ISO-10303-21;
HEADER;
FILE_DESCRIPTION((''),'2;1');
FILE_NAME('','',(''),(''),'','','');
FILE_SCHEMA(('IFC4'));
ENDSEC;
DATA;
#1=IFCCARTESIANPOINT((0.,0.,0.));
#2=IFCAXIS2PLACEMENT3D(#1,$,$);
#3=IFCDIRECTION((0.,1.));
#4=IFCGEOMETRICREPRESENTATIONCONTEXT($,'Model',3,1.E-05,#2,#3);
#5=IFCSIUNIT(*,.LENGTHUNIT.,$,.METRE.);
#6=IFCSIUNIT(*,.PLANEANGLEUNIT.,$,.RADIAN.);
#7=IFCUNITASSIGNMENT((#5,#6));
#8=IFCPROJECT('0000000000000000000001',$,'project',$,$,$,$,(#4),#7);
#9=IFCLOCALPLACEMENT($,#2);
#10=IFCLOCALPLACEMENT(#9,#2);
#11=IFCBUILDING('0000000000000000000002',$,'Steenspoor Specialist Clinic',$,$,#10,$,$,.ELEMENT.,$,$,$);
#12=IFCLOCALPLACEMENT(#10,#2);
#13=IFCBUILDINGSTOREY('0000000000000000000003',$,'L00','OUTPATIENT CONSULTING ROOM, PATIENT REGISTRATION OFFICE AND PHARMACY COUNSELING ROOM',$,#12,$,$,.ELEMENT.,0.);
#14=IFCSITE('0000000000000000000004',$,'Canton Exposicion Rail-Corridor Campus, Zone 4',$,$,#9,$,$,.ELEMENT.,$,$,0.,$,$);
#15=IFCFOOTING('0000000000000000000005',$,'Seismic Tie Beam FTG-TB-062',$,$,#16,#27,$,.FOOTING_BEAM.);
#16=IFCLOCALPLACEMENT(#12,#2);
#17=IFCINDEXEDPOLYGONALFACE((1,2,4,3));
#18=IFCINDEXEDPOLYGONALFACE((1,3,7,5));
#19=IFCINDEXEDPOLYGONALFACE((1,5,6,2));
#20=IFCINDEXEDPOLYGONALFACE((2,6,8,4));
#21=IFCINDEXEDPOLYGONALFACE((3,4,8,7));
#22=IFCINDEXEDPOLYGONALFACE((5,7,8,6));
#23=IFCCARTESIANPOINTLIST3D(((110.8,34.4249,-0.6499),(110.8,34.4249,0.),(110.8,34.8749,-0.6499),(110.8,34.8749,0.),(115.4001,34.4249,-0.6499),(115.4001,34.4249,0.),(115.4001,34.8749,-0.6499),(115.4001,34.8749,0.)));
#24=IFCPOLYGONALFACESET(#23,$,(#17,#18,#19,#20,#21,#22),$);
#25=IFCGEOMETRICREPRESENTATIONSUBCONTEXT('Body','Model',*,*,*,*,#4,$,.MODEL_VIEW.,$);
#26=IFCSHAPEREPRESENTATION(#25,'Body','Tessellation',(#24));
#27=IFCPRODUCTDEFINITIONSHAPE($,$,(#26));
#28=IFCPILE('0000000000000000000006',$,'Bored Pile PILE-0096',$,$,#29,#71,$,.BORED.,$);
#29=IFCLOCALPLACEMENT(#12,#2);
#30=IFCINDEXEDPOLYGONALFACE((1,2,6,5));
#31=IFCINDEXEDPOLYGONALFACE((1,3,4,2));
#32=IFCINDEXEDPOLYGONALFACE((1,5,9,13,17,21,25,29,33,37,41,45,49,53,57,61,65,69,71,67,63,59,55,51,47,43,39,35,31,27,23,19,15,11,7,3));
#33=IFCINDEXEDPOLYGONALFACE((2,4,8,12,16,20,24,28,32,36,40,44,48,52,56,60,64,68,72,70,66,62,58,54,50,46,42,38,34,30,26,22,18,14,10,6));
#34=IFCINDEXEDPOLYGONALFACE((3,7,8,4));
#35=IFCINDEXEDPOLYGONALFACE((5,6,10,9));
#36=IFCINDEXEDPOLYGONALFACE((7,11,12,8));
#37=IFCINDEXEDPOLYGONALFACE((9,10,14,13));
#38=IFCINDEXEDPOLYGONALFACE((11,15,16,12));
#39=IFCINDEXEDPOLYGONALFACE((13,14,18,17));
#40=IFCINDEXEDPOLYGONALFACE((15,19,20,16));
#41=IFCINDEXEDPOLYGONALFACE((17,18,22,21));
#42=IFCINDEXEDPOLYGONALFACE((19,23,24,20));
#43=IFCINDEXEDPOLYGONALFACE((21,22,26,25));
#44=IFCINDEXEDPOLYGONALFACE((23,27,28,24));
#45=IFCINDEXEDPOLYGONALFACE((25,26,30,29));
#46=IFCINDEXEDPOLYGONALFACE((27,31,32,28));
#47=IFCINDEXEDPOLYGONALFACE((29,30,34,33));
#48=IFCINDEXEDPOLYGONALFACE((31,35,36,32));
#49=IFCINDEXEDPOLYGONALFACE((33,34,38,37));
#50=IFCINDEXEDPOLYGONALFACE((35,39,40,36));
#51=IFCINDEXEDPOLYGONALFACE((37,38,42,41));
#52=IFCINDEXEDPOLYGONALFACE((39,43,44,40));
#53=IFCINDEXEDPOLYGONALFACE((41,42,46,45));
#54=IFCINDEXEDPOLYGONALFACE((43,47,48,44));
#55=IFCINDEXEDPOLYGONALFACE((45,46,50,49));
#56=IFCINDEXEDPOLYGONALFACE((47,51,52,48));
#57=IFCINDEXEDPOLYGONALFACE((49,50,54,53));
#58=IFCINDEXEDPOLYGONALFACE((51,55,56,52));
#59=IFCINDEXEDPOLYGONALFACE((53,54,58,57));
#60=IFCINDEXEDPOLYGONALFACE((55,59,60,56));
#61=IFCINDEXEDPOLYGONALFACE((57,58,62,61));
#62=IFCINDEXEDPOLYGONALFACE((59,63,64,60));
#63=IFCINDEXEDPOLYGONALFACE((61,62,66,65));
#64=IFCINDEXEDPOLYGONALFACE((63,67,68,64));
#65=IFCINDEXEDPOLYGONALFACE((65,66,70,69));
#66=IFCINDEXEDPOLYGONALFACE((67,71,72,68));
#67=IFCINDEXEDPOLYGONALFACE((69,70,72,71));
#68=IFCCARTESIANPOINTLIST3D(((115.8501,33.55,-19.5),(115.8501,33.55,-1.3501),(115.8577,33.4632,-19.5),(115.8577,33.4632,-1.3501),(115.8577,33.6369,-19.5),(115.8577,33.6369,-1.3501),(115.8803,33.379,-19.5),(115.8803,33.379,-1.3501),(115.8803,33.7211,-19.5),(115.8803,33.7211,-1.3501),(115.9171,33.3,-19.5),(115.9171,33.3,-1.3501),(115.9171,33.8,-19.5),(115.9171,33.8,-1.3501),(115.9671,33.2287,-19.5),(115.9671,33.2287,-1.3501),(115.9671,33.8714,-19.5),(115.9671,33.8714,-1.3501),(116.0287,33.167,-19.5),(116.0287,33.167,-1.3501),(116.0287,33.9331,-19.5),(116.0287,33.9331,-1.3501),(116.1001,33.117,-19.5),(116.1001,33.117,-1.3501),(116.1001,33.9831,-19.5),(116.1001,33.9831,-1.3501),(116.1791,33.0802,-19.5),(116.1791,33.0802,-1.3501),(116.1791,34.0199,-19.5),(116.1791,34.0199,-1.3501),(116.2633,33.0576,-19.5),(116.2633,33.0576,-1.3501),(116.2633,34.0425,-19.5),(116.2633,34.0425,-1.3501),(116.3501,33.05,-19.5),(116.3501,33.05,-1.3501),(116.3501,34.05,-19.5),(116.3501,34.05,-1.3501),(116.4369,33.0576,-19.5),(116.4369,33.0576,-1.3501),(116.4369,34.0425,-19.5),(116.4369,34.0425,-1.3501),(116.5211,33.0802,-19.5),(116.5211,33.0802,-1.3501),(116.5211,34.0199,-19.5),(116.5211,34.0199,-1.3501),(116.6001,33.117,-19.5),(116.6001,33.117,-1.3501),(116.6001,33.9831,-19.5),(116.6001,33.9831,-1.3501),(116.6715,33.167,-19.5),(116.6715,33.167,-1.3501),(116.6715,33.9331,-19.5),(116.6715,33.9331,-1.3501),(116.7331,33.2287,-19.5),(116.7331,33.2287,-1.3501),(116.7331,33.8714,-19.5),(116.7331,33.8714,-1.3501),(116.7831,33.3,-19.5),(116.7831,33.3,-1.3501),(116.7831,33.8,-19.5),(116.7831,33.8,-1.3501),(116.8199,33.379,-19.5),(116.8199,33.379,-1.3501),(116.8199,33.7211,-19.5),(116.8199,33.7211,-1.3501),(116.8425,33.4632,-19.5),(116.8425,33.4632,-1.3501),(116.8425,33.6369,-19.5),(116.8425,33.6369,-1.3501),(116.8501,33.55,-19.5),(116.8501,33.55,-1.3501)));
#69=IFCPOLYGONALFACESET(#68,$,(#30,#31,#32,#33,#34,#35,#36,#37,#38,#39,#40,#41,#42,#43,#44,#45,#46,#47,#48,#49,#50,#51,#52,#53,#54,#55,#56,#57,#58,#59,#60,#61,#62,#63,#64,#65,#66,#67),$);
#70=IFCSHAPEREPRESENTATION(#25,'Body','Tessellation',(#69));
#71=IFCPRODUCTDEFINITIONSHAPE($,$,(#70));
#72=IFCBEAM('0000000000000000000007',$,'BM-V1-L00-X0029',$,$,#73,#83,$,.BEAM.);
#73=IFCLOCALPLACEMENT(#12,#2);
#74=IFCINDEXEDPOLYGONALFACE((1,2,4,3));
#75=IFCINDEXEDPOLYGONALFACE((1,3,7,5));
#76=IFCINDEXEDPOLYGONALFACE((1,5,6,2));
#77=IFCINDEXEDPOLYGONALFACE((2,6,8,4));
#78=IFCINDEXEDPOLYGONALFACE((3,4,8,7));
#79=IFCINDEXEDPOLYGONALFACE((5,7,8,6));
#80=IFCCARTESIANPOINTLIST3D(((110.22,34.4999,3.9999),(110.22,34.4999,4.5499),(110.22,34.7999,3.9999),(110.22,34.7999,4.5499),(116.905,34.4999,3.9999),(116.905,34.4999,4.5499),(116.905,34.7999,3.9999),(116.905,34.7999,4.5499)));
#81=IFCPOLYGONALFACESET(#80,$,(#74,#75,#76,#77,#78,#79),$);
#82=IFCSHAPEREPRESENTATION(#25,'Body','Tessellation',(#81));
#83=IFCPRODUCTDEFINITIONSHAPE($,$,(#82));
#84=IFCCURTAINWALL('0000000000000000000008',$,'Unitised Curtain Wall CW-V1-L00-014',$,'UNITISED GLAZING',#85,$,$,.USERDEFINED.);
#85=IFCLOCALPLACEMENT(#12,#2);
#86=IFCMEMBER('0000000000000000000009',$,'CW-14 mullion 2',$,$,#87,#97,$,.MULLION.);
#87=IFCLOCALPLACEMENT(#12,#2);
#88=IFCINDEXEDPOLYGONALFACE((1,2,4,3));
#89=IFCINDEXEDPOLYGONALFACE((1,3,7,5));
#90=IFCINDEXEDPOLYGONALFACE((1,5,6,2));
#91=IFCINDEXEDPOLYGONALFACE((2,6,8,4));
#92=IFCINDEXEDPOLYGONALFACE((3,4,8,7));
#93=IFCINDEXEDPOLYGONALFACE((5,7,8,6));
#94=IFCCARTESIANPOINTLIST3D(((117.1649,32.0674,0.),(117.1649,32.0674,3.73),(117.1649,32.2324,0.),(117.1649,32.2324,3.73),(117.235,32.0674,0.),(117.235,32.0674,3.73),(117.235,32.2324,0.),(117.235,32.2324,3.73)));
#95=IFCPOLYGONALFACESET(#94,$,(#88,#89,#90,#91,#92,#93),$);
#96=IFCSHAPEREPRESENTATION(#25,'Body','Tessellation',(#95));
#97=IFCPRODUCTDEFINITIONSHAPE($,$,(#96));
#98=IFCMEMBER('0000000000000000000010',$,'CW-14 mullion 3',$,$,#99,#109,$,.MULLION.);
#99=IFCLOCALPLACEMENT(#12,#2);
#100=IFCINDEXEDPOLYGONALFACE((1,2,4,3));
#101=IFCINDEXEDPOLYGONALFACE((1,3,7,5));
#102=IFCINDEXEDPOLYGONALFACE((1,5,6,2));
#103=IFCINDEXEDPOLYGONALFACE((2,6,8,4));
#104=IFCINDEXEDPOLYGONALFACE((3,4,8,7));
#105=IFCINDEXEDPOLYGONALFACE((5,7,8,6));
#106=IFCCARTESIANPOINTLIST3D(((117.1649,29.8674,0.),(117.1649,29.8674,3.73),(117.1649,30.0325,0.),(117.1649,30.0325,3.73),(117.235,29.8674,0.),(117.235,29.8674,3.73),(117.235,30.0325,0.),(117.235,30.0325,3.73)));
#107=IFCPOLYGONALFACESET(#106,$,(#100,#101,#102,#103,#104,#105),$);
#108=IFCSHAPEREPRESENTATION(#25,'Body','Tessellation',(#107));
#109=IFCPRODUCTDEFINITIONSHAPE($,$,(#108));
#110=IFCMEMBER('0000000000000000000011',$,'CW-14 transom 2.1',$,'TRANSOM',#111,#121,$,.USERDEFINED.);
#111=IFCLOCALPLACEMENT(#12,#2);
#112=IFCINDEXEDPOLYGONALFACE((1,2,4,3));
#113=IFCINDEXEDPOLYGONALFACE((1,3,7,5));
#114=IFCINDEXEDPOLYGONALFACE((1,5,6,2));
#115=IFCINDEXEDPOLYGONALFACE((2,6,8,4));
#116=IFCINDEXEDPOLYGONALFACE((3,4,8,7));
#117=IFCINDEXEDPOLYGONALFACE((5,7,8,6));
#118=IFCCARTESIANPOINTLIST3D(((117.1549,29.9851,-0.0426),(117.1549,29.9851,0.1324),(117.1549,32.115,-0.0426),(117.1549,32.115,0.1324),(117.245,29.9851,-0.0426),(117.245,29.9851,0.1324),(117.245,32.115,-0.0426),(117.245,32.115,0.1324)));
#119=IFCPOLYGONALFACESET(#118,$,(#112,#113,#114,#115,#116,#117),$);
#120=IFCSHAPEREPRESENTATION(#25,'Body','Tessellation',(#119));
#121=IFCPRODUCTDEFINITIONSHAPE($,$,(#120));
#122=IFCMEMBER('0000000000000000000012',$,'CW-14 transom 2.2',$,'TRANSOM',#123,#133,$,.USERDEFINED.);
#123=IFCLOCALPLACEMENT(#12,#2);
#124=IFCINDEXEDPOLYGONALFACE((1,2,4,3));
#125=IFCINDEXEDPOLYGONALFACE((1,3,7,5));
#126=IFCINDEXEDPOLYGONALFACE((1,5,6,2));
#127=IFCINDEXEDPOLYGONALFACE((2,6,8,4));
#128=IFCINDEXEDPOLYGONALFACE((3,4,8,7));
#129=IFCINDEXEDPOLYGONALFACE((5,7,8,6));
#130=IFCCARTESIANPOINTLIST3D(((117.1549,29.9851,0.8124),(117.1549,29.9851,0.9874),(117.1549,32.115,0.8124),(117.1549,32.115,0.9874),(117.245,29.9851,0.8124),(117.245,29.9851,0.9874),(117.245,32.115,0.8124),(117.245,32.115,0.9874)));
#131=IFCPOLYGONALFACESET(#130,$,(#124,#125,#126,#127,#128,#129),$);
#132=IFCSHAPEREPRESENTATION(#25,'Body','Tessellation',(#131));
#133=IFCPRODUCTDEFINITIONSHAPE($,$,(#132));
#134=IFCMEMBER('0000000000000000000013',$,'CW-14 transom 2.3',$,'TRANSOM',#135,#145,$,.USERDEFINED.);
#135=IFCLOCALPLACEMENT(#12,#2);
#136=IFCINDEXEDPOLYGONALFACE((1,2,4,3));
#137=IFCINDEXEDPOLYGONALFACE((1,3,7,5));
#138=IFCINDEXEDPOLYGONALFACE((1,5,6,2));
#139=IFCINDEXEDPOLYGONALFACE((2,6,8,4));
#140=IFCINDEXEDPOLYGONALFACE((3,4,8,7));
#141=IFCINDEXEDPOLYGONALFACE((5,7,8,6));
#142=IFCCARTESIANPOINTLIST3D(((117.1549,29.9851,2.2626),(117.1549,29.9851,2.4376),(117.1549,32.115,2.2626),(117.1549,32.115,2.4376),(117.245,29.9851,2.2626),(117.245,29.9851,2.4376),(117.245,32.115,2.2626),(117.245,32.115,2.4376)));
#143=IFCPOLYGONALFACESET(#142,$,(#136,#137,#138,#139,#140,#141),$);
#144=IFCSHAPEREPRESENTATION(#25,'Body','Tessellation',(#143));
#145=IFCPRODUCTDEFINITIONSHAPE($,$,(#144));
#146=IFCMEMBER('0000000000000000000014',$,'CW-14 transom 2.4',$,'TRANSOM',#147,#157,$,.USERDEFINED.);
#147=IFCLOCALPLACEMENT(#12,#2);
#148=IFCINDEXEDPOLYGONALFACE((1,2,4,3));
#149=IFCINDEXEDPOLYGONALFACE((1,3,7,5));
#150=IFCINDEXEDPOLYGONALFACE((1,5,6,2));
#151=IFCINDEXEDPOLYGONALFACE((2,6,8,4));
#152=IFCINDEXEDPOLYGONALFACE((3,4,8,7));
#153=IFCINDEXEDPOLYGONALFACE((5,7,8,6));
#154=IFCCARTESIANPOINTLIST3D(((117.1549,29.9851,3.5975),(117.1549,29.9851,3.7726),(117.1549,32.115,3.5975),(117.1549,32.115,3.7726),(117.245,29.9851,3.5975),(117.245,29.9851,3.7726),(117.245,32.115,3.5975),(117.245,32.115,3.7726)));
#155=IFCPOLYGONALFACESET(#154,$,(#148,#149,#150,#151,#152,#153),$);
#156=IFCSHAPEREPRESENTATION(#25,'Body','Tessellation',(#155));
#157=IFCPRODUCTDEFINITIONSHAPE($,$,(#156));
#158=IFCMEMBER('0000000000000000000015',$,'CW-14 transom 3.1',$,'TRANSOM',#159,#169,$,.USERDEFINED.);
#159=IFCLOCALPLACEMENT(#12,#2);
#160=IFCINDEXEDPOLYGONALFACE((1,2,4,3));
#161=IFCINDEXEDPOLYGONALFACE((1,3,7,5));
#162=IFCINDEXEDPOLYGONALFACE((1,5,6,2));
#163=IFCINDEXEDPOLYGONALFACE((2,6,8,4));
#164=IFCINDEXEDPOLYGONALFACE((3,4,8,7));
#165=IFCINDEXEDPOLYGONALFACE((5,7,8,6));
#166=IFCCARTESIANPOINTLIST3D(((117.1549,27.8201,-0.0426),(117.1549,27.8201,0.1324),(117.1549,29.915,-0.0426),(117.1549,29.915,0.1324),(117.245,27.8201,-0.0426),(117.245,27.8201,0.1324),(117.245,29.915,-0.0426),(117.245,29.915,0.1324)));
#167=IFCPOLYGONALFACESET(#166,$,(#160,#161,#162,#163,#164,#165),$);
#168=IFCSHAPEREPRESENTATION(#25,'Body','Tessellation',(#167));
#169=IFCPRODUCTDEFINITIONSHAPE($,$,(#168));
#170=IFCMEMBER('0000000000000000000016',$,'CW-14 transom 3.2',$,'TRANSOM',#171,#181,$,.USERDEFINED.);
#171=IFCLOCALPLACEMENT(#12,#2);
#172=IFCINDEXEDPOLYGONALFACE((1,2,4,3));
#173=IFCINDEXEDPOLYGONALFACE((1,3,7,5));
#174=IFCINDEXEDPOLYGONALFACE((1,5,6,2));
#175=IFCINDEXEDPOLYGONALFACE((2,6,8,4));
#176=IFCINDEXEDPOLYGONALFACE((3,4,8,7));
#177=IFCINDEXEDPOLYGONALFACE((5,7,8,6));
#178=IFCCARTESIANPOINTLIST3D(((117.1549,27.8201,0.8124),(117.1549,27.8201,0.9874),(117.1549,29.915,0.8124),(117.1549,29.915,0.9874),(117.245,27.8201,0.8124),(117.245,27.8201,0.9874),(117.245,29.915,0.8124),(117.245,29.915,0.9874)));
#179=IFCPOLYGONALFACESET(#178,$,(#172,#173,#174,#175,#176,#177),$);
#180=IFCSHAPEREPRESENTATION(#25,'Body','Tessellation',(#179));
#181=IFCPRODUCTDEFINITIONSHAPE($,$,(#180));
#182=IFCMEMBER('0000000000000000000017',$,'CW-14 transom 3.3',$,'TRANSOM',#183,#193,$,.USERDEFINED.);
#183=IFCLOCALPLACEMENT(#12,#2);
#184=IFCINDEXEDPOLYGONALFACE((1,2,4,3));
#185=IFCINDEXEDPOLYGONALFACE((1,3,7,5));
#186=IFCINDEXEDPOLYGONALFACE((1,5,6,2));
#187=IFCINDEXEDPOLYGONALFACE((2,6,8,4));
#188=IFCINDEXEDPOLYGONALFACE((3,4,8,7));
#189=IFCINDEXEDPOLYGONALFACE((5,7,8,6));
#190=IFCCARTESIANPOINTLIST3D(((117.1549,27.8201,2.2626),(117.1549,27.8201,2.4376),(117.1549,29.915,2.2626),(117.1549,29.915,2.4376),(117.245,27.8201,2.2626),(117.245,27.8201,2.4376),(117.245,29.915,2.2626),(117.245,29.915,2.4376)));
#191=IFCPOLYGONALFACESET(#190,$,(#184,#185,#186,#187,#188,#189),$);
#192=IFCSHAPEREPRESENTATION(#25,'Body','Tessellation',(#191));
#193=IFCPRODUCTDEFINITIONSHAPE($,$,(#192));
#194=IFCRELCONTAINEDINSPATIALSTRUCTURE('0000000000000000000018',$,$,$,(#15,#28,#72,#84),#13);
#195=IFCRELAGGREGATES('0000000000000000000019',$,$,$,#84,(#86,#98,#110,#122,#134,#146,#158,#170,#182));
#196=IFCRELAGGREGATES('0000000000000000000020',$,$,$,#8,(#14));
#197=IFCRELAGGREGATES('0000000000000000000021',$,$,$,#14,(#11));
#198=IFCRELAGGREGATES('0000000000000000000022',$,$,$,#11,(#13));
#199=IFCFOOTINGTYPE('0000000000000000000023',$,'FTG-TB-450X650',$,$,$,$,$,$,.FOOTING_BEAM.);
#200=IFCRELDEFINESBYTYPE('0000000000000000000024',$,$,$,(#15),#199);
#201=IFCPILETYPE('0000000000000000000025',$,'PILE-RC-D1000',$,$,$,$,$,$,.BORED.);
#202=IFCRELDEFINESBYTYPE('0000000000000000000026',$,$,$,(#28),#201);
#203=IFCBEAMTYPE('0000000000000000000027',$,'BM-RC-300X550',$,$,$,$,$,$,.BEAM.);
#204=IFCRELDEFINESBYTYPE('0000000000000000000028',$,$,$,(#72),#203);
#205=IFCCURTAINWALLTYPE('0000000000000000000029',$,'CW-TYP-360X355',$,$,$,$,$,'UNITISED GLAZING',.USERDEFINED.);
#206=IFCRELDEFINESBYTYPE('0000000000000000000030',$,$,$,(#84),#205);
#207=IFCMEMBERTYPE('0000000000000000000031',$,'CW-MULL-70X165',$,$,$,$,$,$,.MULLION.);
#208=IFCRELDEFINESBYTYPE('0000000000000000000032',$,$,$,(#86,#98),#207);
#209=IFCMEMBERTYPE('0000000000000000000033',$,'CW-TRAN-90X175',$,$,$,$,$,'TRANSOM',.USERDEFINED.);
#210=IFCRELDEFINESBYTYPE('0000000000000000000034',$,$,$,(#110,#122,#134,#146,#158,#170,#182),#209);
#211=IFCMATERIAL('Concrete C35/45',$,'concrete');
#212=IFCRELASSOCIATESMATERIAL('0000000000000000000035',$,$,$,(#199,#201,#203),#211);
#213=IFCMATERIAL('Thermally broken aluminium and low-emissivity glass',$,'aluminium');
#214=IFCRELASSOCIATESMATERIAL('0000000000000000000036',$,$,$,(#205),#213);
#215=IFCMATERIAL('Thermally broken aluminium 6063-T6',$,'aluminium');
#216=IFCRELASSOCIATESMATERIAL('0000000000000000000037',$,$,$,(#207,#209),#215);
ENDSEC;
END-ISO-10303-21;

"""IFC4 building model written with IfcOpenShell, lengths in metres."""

from ifc_helpers import new_model, si_unit, direction, frame, origin, origin_2d, place, context, subcontext, project, spatial, rectangle, circle, extrude, material, material_profile, profile_set, type_object, element, aggregate, save


model = new_model("IFC4")

# Units and contexts
model_context = context("Model", 3, precision=1e-05, world=origin(), true_north=direction((0.0, 1.0)))
body_context = subcontext(model_context, "Body", "Model", "MODEL_VIEW")
ifc_project = project(units=[si_unit("LENGTHUNIT", "METRE"), si_unit("PLANEANGLEUNIT", "RADIAN")], contexts=[model_context])

# Site, building, storey
site_placement = place(None, origin())
site = spatial("IfcSite", under=ifc_project, at=site_placement, Name="Canton Exposicion Rail-Corridor Campus, Zone 4", CompositionType="ELEMENT", RefElevation=0.0)
building_placement = place(site_placement, origin())
building = spatial("IfcBuilding", under=site, at=building_placement, Name="Steenspoor Specialist Clinic", CompositionType="ELEMENT")
storey_placement = place(building_placement, origin())
storey = spatial("IfcBuildingStorey", under=building, at=storey_placement, Name="L00", Description="OUTPATIENT CONSULTING ROOM, PATIENT REGISTRATION OFFICE AND PHARMACY COUNSELING ROOM", CompositionType="ELEMENT", Elevation=0.0)

# Footing
ifc_material_1 = material(Name="Concrete C35/45", Category="concrete")
footing_type = type_object("IfcFootingType", Name="FTG-TB-450X650", PredefinedType="FOOTING_BEAM", material=ifc_material_1)
footing_placement = place(storey_placement, frame((113.1001, 34.6499, -0.6499), z_axis=(0.0, 0.0, 1.0), x_axis=(1.0, 0.0, 0.0)))
element("IfcFooting", 1, at=footing_placement, inside=storey, type_object=footing_type, Name="Seismic Tie Beam FTG-TB-062", PredefinedType="FOOTING_BEAM", context=body_context, shape_type="SweptSolid", body=[
    extrude(rectangle(XDim=4.6001, YDim=0.45, at=origin_2d()), origin(), (0.0, 0.0, 1.0), 0.6499),
])

# Pile
ifc_material_profile_1 = material_profile(ifc_material_1, circle(Radius=0.5, at=origin_2d()), Name="PILE-D1000")
ifc_profile_set_1 = profile_set([ifc_material_profile_1], Name="Concrete C35/45")
pile_type = type_object("IfcPileType", Name="PILE-RC-D1000", PredefinedType="BORED", material=ifc_profile_set_1)
pile_placement = place(storey_placement, frame((116.3501, 33.55, -1.3501), z_axis=(0.0, 0.0, -1.0), x_axis=(1.0, 0.0, 0.0)))
element("IfcPile", 2, at=pile_placement, inside=storey, type_object=pile_type, Name="Bored Pile PILE-0096", PredefinedType="BORED", context=body_context, shape_type="SweptSolid", body=[
    extrude(circle(Radius=0.5, at=origin_2d()), origin(), (0.0, 0.0, 1.0), 18.1499),
])

# Beam
ifc_material_profile_2 = material_profile(ifc_material_1, rectangle(XDim=0.3, YDim=0.55, at=origin_2d()), Name="RC-BM-300X550")
ifc_profile_set_2 = profile_set([ifc_material_profile_2], Name="Concrete C35/45")
beam_type_1 = type_object("IfcBeamType", Name="BM-RC-300X550", PredefinedType="BEAM", material=ifc_profile_set_2)
beam_1_placement = place(storey_placement, frame((110.22, 34.6499, 4.2749), z_axis=(1.0, 0.0, 0.0), x_axis=(0.0, 1.0, 0.0)))
element("IfcBeam", 3, at=beam_1_placement, inside=storey, type_object=beam_type_1, Name="BM-V1-L00-X0029", PredefinedType="BEAM", context=body_context, shape_type="SweptSolid", body=[
    extrude(rectangle(XDim=0.3, YDim=0.55, at=origin_2d()), origin(), (0.0, 0.0, 1.0), 6.6851),
])

# Curtain wall, members
ifc_material_2 = material(Name="Thermally broken aluminium and low-emissivity glass", Category="aluminium")
curtain_wall_type = type_object("IfcCurtainWallType", Name="CW-TYP-360X355", ElementType="UNITISED GLAZING", PredefinedType="USERDEFINED", material=ifc_material_2)
curtain_wall_placement = place(storey_placement, origin())
curtain_wall = element("IfcCurtainWall", 4, at=curtain_wall_placement, inside=storey, type_object=curtain_wall_type, Name="Unitised Curtain Wall CW-V1-L00-014", ObjectType="UNITISED GLAZING", PredefinedType="USERDEFINED")
ifc_material_3 = material(Name="Thermally broken aluminium 6063-T6", Category="aluminium")
ifc_material_profile_3 = material_profile(ifc_material_3, rectangle(XDim=0.0701, YDim=0.165, at=origin_2d()), Name="CWM-70X165")
ifc_profile_set_3 = profile_set([ifc_material_profile_3], Name="Thermally broken aluminium 6063-T6")
member_type_1 = type_object("IfcMemberType", Name="CW-MULL-70X165", PredefinedType="MULLION", material=ifc_profile_set_3)
member_1_placement = place(storey_placement, frame((117.2, 32.1499, 0.0), z_axis=(0.0, 0.0, 1.0), x_axis=(1.0, 0.0, 0.0)))
member_1 = element("IfcMember", 5, at=member_1_placement, type_object=member_type_1, Name="CW-14 mullion 2", PredefinedType="MULLION", context=body_context, shape_type="SweptSolid", body=[
    extrude(rectangle(XDim=0.0701, YDim=0.165, at=origin_2d()), origin(), (0.0, 0.0, 1.0), 3.73),
])
member_2_placement = place(storey_placement, frame((117.2, 29.95, 0.0), z_axis=(0.0, 0.0, 1.0), x_axis=(1.0, 0.0, 0.0)))
member_2 = element("IfcMember", 6, at=member_2_placement, type_object=member_type_1, Name="CW-14 mullion 3", PredefinedType="MULLION", context=body_context, shape_type="SweptSolid", body=[
    extrude(rectangle(XDim=0.0701, YDim=0.165, at=origin_2d()), origin(), (0.0, 0.0, 1.0), 3.73),
])
ifc_material_profile_4 = material_profile(ifc_material_3, rectangle(XDim=0.0901, YDim=0.175, at=origin_2d()), Name="CWT-90X175")
ifc_profile_set_4 = profile_set([ifc_material_profile_4], Name="Thermally broken aluminium 6063-T6")
member_type_2 = type_object("IfcMemberType", Name="CW-TRAN-90X175", ElementType="TRANSOM", PredefinedType="USERDEFINED", material=ifc_profile_set_4)
member_3_placement = place(storey_placement, frame((117.2, 32.115, 0.0449), z_axis=(0.0, -1.0, 0.0), x_axis=(1.0, 0.0, 0.0)))
member_3 = element("IfcMember", 7, at=member_3_placement, type_object=member_type_2, Name="CW-14 transom 2.1", ObjectType="TRANSOM", PredefinedType="USERDEFINED", context=body_context, shape_type="SweptSolid", body=[
    extrude(rectangle(XDim=0.0901, YDim=0.175, at=origin_2d()), origin(), (0.0, 0.0, 1.0), 2.1299),
])
member_4_placement = place(storey_placement, frame((117.2, 32.115, 0.8999), z_axis=(0.0, -1.0, 0.0), x_axis=(1.0, 0.0, 0.0)))
member_4 = element("IfcMember", 8, at=member_4_placement, type_object=member_type_2, Name="CW-14 transom 2.2", ObjectType="TRANSOM", PredefinedType="USERDEFINED", context=body_context, shape_type="SweptSolid", body=[
    extrude(rectangle(XDim=0.0901, YDim=0.175, at=origin_2d()), origin(), (0.0, 0.0, 1.0), 2.1299),
])
member_5_placement = place(storey_placement, frame((117.2, 32.115, 2.3501), z_axis=(0.0, -1.0, 0.0), x_axis=(1.0, 0.0, 0.0)))
member_5 = element("IfcMember", 9, at=member_5_placement, type_object=member_type_2, Name="CW-14 transom 2.3", ObjectType="TRANSOM", PredefinedType="USERDEFINED", context=body_context, shape_type="SweptSolid", body=[
    extrude(rectangle(XDim=0.0901, YDim=0.175, at=origin_2d()), origin(), (0.0, 0.0, 1.0), 2.1299),
])
member_6_placement = place(storey_placement, frame((117.2, 32.115, 3.6851), z_axis=(0.0, -1.0, 0.0), x_axis=(1.0, 0.0, 0.0)))
member_6 = element("IfcMember", 10, at=member_6_placement, type_object=member_type_2, Name="CW-14 transom 2.4", ObjectType="TRANSOM", PredefinedType="USERDEFINED", context=body_context, shape_type="SweptSolid", body=[
    extrude(rectangle(XDim=0.0901, YDim=0.175, at=origin_2d()), origin(), (0.0, 0.0, 1.0), 2.1299),
])
member_7_placement = place(storey_placement, frame((117.2, 29.915, 0.0449), z_axis=(0.0, -1.0, 0.0), x_axis=(1.0, 0.0, 0.0)))
member_7 = element("IfcMember", 11, at=member_7_placement, type_object=member_type_2, Name="CW-14 transom 3.1", ObjectType="TRANSOM", PredefinedType="USERDEFINED", context=body_context, shape_type="SweptSolid", body=[
    extrude(rectangle(XDim=0.0901, YDim=0.175, at=origin_2d()), origin(), (0.0, 0.0, 1.0), 2.095),
])
member_8_placement = place(storey_placement, frame((117.2, 29.915, 0.8999), z_axis=(0.0, -1.0, 0.0), x_axis=(1.0, 0.0, 0.0)))
member_8 = element("IfcMember", 12, at=member_8_placement, type_object=member_type_2, Name="CW-14 transom 3.2", ObjectType="TRANSOM", PredefinedType="USERDEFINED", context=body_context, shape_type="SweptSolid", body=[
    extrude(rectangle(XDim=0.0901, YDim=0.175, at=origin_2d()), origin(), (0.0, 0.0, 1.0), 2.095),
])
member_9_placement = place(storey_placement, frame((117.2, 29.915, 2.3501), z_axis=(0.0, -1.0, 0.0), x_axis=(1.0, 0.0, 0.0)))
member_9 = element("IfcMember", 13, at=member_9_placement, type_object=member_type_2, Name="CW-14 transom 3.3", ObjectType="TRANSOM", PredefinedType="USERDEFINED", context=body_context, shape_type="SweptSolid", body=[
    extrude(rectangle(XDim=0.0901, YDim=0.175, at=origin_2d()), origin(), (0.0, 0.0, 1.0), 2.095),
])

aggregate(curtain_wall, [member_1, member_2, member_3, member_4, member_5, member_6, member_7, member_8, member_9])

save(model, "model.ifc")
